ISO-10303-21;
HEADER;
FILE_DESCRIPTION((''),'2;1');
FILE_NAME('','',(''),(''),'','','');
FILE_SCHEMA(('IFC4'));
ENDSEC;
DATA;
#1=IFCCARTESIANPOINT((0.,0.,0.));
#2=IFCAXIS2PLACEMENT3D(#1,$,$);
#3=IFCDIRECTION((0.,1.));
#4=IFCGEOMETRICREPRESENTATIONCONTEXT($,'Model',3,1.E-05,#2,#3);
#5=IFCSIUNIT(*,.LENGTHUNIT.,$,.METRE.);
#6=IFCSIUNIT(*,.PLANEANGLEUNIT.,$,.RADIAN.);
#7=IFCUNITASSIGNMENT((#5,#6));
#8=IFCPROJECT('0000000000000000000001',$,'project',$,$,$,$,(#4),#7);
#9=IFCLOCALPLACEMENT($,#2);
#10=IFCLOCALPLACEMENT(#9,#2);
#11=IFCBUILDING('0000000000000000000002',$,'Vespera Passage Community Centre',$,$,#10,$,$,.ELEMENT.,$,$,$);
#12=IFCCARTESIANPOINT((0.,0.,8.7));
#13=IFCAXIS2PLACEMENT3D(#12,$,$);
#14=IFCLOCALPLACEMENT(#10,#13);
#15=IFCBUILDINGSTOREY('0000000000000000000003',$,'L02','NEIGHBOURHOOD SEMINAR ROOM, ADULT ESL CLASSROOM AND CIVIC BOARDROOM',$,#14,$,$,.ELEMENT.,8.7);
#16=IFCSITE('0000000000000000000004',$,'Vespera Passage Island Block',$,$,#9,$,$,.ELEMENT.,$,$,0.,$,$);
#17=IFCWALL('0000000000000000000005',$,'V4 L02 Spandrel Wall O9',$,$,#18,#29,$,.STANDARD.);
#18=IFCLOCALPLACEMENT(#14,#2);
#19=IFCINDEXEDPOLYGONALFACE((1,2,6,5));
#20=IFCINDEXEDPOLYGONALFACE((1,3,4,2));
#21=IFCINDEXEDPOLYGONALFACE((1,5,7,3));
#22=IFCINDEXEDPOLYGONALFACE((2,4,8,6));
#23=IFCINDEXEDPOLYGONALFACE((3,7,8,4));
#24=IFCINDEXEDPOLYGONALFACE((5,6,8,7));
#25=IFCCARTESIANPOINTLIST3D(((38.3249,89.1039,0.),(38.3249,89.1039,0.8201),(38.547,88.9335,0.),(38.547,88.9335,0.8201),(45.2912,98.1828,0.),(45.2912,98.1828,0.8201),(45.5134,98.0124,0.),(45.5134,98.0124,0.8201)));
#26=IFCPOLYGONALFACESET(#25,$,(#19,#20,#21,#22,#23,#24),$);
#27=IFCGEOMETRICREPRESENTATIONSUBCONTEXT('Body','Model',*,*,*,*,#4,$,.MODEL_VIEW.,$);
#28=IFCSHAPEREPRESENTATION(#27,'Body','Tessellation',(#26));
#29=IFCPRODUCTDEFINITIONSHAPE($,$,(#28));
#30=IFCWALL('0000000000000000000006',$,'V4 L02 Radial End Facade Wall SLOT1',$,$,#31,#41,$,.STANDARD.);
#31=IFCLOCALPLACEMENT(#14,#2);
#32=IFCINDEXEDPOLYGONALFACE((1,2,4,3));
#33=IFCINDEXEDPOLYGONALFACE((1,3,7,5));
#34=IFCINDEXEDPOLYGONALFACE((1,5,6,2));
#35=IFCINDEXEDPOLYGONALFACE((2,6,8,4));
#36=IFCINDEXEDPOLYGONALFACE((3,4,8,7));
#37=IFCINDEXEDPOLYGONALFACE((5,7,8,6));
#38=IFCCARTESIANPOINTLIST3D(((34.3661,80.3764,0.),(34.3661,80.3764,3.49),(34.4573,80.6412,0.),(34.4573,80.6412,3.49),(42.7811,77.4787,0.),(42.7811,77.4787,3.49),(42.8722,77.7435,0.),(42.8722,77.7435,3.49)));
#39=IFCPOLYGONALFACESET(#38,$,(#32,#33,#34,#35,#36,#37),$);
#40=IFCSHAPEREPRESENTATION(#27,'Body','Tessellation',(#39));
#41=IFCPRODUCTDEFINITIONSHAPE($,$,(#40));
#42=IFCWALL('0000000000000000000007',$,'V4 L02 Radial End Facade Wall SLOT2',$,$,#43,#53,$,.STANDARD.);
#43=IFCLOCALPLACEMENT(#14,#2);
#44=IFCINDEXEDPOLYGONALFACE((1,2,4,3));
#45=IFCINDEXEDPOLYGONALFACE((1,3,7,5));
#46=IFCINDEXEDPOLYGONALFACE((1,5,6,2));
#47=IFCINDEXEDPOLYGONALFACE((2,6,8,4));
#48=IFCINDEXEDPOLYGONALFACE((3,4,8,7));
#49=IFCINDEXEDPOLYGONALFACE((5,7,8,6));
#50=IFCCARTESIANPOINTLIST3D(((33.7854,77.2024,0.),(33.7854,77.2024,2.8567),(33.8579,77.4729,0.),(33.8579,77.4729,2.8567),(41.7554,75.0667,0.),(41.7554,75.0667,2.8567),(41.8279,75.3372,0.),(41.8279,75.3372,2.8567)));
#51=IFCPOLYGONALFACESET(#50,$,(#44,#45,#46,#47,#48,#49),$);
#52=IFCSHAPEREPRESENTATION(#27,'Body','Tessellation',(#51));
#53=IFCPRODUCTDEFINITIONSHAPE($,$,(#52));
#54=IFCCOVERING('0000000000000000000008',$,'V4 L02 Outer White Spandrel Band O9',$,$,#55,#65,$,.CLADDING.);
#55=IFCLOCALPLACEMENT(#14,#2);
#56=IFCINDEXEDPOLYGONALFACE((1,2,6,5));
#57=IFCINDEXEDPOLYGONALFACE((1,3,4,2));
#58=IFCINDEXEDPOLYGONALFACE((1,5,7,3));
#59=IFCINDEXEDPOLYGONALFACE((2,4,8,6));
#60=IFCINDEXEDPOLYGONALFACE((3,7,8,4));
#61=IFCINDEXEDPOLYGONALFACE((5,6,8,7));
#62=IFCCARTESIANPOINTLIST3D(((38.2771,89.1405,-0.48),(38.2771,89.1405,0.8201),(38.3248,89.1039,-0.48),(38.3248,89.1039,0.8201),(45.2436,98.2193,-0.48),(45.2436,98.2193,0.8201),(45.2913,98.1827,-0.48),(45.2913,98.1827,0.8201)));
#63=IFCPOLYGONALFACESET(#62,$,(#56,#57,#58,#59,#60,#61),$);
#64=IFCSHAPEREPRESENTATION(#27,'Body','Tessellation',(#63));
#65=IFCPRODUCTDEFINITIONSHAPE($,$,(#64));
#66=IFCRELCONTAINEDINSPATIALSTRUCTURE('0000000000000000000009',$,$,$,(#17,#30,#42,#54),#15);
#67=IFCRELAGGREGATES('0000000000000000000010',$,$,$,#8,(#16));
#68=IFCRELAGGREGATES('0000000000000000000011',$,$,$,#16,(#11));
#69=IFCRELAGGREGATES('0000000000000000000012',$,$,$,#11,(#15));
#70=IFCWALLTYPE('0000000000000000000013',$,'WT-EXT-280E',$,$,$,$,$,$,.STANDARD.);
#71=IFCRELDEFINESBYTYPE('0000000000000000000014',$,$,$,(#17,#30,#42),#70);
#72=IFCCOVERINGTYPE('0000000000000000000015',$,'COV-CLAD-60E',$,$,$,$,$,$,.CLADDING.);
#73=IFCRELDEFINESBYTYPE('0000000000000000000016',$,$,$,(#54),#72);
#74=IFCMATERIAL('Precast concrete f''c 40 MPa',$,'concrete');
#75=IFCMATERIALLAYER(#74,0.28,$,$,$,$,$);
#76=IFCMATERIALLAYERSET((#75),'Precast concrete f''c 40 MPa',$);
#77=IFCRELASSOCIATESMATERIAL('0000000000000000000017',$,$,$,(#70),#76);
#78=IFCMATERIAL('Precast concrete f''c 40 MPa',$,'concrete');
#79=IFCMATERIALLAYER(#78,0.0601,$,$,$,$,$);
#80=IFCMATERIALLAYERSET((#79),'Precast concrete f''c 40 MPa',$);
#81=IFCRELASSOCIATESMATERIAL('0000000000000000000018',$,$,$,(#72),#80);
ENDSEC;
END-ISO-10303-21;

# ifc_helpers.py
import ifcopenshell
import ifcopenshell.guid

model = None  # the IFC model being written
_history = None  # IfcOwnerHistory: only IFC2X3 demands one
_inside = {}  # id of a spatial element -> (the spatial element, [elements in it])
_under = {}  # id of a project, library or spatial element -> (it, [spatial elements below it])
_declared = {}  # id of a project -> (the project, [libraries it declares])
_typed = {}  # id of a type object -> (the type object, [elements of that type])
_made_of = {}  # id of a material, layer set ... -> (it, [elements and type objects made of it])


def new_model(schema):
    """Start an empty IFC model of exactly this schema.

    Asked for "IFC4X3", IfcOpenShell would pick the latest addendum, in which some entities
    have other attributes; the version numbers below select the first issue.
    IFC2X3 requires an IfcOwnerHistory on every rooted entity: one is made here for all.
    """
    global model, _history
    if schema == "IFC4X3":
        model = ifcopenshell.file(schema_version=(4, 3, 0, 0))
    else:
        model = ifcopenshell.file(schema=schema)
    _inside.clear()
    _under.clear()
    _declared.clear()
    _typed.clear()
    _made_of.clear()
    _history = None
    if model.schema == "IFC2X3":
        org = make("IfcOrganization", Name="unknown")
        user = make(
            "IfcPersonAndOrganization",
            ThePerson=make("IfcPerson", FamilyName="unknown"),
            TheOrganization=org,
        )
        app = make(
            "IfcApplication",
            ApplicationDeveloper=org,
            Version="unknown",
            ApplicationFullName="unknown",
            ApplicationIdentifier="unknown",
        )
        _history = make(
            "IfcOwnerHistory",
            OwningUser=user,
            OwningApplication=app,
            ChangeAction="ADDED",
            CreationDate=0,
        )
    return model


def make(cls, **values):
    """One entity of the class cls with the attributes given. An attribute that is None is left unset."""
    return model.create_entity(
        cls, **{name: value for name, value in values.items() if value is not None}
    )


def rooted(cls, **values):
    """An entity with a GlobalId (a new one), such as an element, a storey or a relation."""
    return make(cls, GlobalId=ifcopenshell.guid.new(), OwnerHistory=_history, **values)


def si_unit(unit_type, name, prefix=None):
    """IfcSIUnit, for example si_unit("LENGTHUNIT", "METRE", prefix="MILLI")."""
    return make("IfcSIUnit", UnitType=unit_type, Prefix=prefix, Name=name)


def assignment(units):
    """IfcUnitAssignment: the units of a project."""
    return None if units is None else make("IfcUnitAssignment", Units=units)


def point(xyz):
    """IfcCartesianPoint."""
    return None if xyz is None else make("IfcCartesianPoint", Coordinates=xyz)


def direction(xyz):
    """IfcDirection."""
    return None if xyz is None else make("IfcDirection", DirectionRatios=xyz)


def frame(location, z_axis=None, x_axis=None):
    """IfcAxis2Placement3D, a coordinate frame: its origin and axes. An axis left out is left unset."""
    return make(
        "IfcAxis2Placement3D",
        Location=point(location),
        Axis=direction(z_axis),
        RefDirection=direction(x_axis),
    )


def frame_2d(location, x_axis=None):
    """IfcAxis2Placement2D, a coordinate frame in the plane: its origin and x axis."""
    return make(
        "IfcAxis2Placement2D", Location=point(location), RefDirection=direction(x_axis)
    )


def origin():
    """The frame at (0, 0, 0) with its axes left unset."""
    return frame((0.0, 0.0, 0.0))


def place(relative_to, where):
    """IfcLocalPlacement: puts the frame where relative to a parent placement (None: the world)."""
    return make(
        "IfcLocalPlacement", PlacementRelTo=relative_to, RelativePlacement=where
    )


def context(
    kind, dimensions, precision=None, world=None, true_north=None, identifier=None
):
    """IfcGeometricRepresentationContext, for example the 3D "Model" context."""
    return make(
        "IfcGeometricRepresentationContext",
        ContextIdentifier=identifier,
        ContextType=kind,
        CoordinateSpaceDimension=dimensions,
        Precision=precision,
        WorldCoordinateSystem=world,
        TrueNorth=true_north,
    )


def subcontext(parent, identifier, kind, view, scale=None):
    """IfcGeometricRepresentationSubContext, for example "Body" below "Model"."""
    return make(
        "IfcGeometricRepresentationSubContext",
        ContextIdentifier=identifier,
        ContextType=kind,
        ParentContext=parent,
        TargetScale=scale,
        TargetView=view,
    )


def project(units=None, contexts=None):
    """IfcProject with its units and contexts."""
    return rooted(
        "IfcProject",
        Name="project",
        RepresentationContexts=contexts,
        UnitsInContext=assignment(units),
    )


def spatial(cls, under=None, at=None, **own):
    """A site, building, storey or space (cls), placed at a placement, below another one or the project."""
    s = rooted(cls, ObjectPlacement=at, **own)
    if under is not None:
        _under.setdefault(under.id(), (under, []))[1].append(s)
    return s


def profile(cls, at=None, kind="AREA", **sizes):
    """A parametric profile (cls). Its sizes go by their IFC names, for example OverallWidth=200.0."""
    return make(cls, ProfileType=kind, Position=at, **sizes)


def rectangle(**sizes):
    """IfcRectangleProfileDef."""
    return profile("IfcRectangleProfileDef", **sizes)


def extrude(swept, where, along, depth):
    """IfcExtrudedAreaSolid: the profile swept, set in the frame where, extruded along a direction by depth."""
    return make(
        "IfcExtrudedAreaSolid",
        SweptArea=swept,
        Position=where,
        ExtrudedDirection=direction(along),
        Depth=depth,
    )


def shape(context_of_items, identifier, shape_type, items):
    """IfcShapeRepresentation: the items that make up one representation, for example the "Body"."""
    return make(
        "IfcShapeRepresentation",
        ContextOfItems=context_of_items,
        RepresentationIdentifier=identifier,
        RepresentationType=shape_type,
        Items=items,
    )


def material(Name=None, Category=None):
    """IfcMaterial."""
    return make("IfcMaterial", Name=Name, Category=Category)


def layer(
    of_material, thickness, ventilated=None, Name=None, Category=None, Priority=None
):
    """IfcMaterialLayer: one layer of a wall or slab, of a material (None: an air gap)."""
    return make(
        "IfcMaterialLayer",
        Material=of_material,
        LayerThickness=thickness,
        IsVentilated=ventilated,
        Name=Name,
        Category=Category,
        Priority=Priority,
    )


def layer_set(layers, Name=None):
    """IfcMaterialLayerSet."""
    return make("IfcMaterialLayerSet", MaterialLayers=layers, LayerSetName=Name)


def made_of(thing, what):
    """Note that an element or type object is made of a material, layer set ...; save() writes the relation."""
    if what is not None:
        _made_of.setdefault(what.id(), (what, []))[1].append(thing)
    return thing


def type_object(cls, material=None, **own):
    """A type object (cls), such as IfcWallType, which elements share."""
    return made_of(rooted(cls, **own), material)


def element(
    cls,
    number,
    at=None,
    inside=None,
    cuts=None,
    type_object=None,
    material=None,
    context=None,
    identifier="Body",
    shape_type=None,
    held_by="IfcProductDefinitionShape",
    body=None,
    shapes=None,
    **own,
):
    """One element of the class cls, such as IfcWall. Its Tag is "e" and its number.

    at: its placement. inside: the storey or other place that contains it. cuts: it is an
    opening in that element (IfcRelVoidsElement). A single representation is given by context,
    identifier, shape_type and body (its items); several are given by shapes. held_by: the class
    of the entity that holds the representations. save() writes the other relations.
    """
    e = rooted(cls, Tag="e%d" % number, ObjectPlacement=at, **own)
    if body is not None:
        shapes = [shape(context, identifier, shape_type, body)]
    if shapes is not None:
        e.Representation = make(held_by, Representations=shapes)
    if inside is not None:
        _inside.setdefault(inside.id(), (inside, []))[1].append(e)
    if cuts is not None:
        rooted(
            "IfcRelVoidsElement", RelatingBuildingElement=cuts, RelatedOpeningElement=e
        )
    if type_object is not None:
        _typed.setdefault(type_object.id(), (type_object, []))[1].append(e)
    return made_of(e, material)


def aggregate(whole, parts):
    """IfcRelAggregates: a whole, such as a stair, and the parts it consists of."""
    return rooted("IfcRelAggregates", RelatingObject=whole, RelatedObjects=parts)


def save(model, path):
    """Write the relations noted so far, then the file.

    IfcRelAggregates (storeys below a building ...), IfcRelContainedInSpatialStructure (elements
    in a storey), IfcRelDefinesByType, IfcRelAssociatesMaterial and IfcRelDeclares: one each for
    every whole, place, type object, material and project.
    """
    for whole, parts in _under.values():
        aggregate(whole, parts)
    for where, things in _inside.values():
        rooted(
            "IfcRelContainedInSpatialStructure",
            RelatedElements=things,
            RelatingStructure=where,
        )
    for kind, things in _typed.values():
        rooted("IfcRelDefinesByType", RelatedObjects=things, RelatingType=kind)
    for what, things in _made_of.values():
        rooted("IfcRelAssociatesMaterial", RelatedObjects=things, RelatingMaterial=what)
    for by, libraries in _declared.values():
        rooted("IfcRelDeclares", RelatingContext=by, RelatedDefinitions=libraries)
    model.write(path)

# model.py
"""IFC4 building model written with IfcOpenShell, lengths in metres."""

from ifc_helpers import new_model, si_unit, direction, frame, frame_2d, origin, place, context, subcontext, project, spatial, rectangle, extrude, material, layer, layer_set, type_object, element, save


model = new_model("IFC4")

# Units and contexts
model_context = context("Model", 3, precision=1e-05, world=origin(), true_north=direction((0.0, 1.0)))
body_context = subcontext(model_context, "Body", "Model", "MODEL_VIEW")
ifc_project = project(units=[si_unit("LENGTHUNIT", "METRE"), si_unit("PLANEANGLEUNIT", "RADIAN")], contexts=[model_context])

# Site, building, storey
site_placement = place(None, origin())
site = spatial("IfcSite", under=ifc_project, at=site_placement, Name="Vespera Passage Island Block", CompositionType="ELEMENT", RefElevation=0.0)
building_placement = place(site_placement, origin())
building = spatial("IfcBuilding", under=site, at=building_placement, Name="Vespera Passage Community Centre", CompositionType="ELEMENT")
storey_placement = place(building_placement, frame((0.0, 0.0, 8.7)))
storey = spatial("IfcBuildingStorey", under=building, at=storey_placement, Name="L02", Description="NEIGHBOURHOOD SEMINAR ROOM, ADULT ESL CLASSROOM AND CIVIC BOARDROOM", CompositionType="ELEMENT", Elevation=8.7)

# Walls
ifc_material_1 = material(Name="Precast concrete f'c 40 MPa", Category="concrete")
ifc_layer_1 = layer(ifc_material_1, 0.28)
ifc_layer_set_1 = layer_set([ifc_layer_1], Name="Precast concrete f'c 40 MPa")
wall_type_1 = type_object("IfcWallType", Name="WT-EXT-280E", PredefinedType="STANDARD", material=ifc_layer_set_1)
wall_1_placement = place(storey_placement, frame((38.436, 89.0188, 0.0), z_axis=(0.0, 0.0, 1.0), x_axis=(0.608754, 0.793359, 0.0)))
element("IfcWall", 1, at=wall_1_placement, inside=storey, type_object=wall_type_1, Name="V4 L02 Spandrel Wall O9", PredefinedType="STANDARD", context=body_context, shape_type="SweptSolid", body=[
    extrude(rectangle(XDim=11.4436, YDim=0.28, at=frame_2d((5.7217, 0.0))), origin(), (0.0, 0.0, 1.0), 0.8201),
])
wall_2_placement = place(storey_placement, frame((42.8267, 77.6111, 0.0), z_axis=(0.0, 0.0, 1.0), x_axis=(-0.945513, 0.325586, 0.0)))
element("IfcWall", 2, at=wall_2_placement, inside=storey, type_object=wall_type_1, Name="V4 L02 Radial End Facade Wall SLOT1", PredefinedType="STANDARD", context=body_context, shape_type="SweptSolid", body=[
    extrude(rectangle(XDim=8.8999, YDim=0.28, at=frame_2d((4.45, 0.0))), origin(), (0.0, 0.0, 1.0), 3.49),
])
wall_3_placement = place(storey_placement, frame((33.8218, 77.3376, 0.0), z_axis=(0.0, 0.0, 1.0), x_axis=(0.96592, -0.258841, 0.0)))
element("IfcWall", 3, at=wall_3_placement, inside=storey, type_object=wall_type_1, Name="V4 L02 Radial End Facade Wall SLOT2", PredefinedType="STANDARD", context=body_context, shape_type="SweptSolid", body=[
    extrude(rectangle(XDim=8.2512, YDim=0.28, at=frame_2d((4.1255, 0.0))), origin(), (0.0, 0.0, 1.0), 2.8567),
])

# Covering
ifc_material_2 = material(Name="Precast concrete f'c 40 MPa", Category="concrete")
ifc_layer_2 = layer(ifc_material_2, 0.0601)
ifc_layer_set_2 = layer_set([ifc_layer_2], Name="Precast concrete f'c 40 MPa")
covering_type = type_object("IfcCoveringType", Name="COV-CLAD-60E", PredefinedType="CLADDING", material=ifc_layer_set_2)
covering_placement = place(storey_placement, frame((38.301, 89.1223, -0.48), z_axis=(0.0, 0.0, 1.0), x_axis=(0.608767, 0.793349, 0.0)))
element("IfcCovering", 4, at=covering_placement, inside=storey, type_object=covering_type, Name="V4 L02 Outer White Spandrel Band O9", PredefinedType="CLADDING", context=body_context, shape_type="SweptSolid", body=[
    extrude(rectangle(XDim=11.4436, YDim=0.0601, at=frame_2d((5.7217, 0.0))), origin(), (0.0, 0.0, 1.0), 1.3),
])

save(model, "model.ifc")
